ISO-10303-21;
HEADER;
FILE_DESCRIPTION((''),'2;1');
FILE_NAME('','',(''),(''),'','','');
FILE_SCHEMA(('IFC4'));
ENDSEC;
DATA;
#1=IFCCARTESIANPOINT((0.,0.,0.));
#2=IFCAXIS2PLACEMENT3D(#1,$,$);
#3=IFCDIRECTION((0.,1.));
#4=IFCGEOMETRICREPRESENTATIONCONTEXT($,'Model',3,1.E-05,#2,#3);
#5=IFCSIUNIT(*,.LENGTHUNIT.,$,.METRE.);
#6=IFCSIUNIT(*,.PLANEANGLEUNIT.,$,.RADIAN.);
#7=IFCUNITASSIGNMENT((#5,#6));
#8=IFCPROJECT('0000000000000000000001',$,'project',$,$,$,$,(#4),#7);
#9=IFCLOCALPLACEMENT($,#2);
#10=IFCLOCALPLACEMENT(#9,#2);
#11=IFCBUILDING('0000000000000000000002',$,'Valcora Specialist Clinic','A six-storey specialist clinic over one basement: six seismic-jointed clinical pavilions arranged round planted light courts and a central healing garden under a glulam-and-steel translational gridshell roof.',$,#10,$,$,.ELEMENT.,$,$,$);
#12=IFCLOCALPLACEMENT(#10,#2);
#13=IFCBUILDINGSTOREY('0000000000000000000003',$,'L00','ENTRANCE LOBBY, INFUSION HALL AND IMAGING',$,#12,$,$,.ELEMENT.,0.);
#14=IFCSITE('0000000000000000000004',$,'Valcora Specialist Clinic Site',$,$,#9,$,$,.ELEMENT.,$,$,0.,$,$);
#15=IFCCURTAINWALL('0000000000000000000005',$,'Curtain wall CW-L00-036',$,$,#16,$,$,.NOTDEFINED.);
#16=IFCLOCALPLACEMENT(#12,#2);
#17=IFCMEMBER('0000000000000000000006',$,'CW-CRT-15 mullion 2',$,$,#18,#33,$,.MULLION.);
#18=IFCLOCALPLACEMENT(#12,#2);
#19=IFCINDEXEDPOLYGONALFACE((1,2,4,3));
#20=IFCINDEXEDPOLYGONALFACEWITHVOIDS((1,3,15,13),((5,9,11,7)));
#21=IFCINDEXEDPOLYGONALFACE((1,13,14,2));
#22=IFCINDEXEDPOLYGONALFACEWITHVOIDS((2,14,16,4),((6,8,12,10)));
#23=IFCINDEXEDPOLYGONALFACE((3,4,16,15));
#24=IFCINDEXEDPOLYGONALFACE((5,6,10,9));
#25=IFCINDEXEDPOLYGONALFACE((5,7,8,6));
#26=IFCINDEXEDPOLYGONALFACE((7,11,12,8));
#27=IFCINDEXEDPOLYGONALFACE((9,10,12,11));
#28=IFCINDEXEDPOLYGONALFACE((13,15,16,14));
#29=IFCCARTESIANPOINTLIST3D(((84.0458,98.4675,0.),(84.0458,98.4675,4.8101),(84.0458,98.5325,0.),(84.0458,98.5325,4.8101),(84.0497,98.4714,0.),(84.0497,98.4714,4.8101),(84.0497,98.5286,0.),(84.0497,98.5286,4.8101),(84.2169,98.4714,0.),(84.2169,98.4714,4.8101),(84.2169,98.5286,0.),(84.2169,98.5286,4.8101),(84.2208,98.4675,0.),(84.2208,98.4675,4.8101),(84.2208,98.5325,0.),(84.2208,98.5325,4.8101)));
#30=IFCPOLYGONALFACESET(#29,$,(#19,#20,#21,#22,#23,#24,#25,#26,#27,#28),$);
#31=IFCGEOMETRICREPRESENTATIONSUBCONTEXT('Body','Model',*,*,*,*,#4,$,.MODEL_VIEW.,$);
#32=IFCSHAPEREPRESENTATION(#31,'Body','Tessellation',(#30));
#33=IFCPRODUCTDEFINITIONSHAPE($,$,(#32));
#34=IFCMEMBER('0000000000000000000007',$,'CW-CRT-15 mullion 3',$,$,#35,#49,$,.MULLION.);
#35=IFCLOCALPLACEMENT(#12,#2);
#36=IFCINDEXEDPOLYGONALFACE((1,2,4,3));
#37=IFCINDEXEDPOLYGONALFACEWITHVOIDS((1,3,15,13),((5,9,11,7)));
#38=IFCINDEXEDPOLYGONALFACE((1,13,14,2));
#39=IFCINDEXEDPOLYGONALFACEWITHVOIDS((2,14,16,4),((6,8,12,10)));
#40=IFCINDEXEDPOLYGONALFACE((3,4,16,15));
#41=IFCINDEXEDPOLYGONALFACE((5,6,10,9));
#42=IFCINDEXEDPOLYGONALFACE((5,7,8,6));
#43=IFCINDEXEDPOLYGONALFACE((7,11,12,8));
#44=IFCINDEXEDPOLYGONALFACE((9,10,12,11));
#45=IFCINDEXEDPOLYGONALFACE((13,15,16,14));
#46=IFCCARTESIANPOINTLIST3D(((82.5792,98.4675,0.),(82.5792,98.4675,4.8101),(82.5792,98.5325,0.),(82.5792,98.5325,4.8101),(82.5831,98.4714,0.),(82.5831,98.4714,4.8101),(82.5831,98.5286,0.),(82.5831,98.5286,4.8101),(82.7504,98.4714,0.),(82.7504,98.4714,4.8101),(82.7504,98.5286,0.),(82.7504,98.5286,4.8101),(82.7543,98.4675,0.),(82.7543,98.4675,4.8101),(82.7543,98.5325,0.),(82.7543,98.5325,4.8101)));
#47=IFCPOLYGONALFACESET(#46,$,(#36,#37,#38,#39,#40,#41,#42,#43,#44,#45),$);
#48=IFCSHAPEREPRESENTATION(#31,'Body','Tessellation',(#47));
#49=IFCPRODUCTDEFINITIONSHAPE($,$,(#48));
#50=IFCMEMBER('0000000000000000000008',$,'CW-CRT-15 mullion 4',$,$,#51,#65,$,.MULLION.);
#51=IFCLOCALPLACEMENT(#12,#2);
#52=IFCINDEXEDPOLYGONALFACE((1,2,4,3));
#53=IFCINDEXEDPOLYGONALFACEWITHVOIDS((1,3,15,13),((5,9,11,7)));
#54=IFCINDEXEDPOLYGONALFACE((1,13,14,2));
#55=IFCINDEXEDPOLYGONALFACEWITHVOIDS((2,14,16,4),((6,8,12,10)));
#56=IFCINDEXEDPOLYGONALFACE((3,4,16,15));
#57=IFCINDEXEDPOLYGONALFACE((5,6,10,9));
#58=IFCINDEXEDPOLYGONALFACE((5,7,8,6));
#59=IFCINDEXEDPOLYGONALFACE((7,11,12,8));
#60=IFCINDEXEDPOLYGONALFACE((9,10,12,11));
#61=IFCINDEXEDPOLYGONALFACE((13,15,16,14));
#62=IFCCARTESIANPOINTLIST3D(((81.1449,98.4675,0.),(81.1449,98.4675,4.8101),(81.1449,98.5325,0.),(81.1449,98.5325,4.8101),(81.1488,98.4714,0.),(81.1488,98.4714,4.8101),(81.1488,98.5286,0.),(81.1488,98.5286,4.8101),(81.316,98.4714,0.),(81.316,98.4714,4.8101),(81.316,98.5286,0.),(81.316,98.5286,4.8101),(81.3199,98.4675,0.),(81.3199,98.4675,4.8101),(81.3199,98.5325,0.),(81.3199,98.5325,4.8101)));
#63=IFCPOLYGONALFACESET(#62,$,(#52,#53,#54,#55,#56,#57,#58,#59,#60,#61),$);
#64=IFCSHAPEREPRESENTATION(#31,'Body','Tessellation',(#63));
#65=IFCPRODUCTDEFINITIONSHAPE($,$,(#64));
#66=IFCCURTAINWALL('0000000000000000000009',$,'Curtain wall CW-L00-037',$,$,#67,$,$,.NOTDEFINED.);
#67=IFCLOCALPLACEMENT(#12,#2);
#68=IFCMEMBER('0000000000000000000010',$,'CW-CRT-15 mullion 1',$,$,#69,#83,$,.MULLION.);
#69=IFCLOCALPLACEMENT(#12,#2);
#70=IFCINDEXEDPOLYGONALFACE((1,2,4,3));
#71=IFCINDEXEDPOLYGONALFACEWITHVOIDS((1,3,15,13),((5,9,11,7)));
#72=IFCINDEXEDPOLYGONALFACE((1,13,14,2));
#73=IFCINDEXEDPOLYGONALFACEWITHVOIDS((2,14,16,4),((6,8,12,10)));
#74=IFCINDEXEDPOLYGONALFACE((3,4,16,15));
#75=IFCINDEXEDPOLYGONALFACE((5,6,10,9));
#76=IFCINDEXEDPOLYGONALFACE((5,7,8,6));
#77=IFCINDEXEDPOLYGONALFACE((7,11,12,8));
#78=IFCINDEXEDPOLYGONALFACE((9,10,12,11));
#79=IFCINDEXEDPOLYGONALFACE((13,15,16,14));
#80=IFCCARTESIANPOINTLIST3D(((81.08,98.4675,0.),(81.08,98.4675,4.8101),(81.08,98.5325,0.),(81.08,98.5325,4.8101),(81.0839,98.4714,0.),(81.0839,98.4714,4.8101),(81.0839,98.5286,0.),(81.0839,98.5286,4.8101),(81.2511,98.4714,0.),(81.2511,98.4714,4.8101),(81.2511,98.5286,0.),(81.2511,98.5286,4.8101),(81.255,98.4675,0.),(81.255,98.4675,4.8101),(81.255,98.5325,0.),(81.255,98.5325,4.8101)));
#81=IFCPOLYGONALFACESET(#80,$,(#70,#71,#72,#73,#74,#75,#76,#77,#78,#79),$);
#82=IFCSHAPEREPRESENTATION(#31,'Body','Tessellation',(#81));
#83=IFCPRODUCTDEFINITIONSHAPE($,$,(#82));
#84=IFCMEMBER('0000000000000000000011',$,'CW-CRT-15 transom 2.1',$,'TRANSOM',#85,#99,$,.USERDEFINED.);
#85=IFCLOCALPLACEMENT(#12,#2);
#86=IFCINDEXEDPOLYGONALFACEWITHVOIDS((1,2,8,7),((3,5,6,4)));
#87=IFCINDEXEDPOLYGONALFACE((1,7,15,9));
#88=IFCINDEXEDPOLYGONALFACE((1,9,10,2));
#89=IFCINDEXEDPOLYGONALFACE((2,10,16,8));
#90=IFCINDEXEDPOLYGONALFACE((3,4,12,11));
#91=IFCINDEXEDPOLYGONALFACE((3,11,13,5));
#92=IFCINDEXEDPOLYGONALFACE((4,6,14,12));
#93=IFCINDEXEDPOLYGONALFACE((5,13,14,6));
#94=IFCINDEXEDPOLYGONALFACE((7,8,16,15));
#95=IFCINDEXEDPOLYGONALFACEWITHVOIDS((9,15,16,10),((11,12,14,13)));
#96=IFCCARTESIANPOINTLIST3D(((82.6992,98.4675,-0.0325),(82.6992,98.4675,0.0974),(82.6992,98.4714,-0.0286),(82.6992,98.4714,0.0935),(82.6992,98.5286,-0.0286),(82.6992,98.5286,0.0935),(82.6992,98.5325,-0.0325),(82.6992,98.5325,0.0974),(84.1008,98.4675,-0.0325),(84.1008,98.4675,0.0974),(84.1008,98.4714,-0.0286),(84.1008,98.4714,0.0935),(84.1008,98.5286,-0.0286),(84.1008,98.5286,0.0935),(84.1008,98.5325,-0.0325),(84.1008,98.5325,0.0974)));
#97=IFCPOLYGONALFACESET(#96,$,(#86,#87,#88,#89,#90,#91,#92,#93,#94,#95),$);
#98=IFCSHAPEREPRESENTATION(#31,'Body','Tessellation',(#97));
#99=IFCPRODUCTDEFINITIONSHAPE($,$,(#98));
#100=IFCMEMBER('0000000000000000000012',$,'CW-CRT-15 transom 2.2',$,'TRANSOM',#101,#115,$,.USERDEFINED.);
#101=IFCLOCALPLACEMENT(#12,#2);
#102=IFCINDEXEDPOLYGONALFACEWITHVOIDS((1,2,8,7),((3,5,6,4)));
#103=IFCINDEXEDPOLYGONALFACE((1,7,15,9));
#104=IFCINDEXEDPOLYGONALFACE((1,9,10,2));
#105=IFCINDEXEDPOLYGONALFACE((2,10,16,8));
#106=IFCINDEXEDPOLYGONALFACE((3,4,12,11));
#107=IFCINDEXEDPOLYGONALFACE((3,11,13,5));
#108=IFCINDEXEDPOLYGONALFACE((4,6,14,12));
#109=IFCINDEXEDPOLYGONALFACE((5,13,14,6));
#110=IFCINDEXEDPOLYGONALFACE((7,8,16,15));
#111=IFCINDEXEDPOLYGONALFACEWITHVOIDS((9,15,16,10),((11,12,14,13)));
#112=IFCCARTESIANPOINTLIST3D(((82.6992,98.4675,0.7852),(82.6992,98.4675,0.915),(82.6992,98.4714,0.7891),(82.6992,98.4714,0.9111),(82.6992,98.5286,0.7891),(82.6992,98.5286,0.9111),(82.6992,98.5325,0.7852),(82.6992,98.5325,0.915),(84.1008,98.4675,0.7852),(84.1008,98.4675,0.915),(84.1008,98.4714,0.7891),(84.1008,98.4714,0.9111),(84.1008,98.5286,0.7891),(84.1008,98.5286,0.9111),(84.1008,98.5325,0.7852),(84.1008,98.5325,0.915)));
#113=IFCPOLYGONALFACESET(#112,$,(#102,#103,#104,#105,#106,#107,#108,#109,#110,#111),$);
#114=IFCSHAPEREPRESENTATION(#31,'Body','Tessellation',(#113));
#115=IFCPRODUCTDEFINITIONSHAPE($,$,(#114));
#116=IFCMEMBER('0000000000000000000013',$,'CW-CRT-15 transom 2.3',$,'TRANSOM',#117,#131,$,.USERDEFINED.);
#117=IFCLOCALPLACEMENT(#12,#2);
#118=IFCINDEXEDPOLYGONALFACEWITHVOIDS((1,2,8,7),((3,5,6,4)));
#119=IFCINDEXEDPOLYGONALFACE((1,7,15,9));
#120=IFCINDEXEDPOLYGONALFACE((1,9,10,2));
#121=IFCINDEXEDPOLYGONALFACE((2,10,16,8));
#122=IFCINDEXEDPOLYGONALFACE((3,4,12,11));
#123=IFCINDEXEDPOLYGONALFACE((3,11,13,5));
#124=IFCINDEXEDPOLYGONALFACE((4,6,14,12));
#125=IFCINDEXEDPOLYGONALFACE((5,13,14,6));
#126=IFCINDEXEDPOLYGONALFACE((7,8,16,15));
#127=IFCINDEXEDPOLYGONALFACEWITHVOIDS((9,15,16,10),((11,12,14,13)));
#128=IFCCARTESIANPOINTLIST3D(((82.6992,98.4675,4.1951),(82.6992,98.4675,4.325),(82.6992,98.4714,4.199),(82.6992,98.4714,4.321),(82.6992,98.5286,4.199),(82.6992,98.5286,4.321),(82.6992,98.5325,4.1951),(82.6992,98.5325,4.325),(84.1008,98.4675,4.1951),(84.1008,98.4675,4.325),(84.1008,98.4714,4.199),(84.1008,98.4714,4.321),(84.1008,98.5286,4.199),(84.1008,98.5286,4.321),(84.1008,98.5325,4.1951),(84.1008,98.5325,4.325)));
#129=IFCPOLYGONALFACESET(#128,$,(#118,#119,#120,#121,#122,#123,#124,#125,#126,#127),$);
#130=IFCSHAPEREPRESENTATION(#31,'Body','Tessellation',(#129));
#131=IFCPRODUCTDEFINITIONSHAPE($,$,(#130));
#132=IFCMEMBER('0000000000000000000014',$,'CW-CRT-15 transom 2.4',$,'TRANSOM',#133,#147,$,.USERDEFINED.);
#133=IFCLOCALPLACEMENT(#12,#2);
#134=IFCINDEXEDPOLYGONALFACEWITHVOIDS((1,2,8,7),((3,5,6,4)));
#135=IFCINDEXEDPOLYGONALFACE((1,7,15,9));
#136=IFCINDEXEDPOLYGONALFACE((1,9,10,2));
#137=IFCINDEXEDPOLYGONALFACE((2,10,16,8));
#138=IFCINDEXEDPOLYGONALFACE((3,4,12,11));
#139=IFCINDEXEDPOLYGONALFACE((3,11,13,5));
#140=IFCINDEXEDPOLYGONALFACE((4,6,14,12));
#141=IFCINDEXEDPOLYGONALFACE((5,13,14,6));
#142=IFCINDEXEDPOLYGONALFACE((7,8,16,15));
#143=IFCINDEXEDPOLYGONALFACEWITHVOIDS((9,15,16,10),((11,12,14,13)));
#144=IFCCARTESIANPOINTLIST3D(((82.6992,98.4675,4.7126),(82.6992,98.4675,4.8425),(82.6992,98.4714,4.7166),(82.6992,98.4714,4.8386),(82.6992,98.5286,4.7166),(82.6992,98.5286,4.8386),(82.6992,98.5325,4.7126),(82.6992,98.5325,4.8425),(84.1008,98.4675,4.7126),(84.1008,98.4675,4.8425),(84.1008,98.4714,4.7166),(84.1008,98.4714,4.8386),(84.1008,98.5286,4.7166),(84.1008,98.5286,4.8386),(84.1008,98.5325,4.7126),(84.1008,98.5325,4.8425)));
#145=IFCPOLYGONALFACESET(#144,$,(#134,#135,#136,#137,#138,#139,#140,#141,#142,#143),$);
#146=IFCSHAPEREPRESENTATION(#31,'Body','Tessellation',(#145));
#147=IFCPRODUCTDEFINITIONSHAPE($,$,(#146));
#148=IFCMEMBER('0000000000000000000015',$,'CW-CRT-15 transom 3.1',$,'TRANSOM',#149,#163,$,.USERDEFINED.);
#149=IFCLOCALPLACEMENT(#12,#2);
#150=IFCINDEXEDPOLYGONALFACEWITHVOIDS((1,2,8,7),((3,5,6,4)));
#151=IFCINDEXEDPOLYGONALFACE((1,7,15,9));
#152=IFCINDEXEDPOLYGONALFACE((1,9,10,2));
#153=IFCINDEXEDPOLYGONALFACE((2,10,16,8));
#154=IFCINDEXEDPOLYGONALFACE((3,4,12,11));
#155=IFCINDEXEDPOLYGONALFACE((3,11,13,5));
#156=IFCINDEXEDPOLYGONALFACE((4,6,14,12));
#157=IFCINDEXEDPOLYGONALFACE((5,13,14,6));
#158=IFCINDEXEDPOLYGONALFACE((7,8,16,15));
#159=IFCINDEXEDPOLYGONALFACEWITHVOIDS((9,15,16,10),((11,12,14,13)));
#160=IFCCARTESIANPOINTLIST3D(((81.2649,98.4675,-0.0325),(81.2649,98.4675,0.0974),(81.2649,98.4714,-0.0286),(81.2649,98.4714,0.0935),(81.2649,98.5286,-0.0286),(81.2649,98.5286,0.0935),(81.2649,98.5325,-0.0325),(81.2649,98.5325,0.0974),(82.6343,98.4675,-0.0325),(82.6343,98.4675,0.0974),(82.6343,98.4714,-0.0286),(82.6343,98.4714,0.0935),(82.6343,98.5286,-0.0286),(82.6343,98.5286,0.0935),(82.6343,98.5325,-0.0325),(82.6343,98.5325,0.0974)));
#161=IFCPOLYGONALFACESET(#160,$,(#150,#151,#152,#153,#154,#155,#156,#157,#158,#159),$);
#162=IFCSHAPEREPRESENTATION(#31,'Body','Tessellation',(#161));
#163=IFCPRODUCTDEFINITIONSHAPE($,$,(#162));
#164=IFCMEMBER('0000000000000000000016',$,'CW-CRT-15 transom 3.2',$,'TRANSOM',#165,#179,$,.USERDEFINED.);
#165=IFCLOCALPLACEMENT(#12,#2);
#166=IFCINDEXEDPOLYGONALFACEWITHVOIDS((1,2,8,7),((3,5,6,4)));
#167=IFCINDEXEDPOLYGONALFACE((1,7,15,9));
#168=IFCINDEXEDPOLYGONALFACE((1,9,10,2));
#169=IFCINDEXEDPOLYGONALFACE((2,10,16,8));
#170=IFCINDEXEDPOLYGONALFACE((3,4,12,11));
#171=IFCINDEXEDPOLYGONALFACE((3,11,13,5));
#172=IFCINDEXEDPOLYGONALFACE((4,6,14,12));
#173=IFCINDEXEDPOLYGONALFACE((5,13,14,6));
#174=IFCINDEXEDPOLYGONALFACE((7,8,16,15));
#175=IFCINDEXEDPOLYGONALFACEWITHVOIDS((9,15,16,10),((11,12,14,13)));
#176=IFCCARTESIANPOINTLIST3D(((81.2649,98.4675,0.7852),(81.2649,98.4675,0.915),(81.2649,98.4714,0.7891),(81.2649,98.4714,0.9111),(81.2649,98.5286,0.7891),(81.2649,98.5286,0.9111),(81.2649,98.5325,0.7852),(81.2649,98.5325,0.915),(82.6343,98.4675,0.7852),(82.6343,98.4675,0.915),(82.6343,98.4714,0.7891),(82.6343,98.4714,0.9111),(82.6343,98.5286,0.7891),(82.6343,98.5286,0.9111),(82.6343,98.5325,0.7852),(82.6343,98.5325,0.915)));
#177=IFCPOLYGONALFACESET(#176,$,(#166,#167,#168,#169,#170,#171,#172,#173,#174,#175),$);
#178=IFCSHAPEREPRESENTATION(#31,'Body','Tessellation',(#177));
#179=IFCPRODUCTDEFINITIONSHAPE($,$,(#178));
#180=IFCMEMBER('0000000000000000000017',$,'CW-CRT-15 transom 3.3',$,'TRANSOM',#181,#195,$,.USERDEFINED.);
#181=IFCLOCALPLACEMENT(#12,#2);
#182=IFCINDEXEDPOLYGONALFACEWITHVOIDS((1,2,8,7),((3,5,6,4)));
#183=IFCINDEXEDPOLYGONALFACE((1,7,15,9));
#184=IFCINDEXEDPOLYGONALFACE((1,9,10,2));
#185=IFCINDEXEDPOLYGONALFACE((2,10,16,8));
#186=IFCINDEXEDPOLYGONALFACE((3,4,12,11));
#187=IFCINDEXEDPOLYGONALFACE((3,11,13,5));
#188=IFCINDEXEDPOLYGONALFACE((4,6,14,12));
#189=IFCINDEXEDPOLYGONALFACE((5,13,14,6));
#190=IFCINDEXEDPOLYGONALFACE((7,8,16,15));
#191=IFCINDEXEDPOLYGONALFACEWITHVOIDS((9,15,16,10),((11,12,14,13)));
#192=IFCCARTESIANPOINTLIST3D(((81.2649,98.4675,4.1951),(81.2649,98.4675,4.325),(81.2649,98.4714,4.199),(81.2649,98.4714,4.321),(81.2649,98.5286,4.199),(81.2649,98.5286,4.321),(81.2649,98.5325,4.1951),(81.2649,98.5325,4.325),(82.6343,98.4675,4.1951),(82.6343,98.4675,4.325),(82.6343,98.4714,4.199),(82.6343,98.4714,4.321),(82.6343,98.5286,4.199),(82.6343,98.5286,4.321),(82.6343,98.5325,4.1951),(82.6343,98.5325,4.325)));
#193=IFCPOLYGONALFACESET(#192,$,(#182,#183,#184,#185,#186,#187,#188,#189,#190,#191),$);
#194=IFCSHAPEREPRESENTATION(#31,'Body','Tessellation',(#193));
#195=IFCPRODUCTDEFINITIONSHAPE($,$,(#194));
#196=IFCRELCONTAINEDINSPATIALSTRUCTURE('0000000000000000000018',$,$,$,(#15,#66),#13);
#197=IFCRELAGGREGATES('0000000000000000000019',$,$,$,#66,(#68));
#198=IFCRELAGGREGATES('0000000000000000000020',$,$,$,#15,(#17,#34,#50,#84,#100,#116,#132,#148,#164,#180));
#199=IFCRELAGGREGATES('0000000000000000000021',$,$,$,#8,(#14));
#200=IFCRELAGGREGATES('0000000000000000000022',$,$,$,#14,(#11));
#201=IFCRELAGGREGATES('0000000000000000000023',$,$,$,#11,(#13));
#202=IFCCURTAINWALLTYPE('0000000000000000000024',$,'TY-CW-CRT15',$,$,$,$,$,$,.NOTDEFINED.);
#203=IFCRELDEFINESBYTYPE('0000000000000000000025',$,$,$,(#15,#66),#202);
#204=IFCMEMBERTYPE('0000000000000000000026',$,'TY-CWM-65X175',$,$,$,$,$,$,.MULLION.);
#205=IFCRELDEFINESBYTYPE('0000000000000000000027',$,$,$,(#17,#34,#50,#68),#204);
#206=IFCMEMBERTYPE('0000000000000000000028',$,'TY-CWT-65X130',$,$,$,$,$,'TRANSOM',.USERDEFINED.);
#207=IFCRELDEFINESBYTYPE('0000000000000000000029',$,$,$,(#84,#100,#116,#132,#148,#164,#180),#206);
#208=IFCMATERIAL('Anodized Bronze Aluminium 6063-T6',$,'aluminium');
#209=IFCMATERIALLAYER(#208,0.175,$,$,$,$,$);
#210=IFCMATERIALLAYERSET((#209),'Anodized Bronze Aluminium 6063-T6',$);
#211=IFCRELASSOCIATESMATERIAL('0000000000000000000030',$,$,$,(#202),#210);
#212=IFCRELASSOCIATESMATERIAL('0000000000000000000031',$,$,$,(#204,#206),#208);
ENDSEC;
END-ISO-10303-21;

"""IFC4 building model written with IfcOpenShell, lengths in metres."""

from ifc_helpers import new_model, si_unit, direction, frame, origin, origin_2d, place, context, subcontext, project, spatial, hollow_rectangle, extrude, material, layer, layer_set, material_profile, profile_set, type_object, element, aggregate, save


model = new_model("IFC4")

# Units and contexts
model_context = context("Model", 3, precision=1e-05, world=origin(), true_north=direction((0.0, 1.0)))
body_context = subcontext(model_context, "Body", "Model", "MODEL_VIEW")
ifc_project = project(units=[si_unit("LENGTHUNIT", "METRE"), si_unit("PLANEANGLEUNIT", "RADIAN")], contexts=[model_context])

# Site, building, storey
site_placement = place(None, origin())
site = spatial("IfcSite", under=ifc_project, at=site_placement, Name="Valcora Specialist Clinic Site", CompositionType="ELEMENT", RefElevation=0.0)
building_placement = place(site_placement, origin())
building = spatial("IfcBuilding", under=site, at=building_placement, Name="Valcora Specialist Clinic", Description="A six-storey specialist clinic over one basement: six seismic-jointed clinical pavilions arranged round planted light courts and a central healing garden under a glulam-and-steel translational gridshell roof.", CompositionType="ELEMENT")
storey_placement = place(building_placement, origin())
storey = spatial("IfcBuildingStorey", under=building, at=storey_placement, Name="L00", Description="ENTRANCE LOBBY, INFUSION HALL AND IMAGING", CompositionType="ELEMENT", Elevation=0.0)

# Curtain wall, members
ifc_material_1 = material(Name="Anodized Bronze Aluminium 6063-T6", Category="aluminium")
ifc_layer_1 = layer(ifc_material_1, 0.175)
ifc_layer_set_1 = layer_set([ifc_layer_1], Name="Anodized Bronze Aluminium 6063-T6")
curtain_wall_type = type_object("IfcCurtainWallType", Name="TY-CW-CRT15", PredefinedType="NOTDEFINED", material=ifc_layer_set_1)
curtain_wall_1_placement = place(storey_placement, origin())
curtain_wall_1 = element("IfcCurtainWall", 1, at=curtain_wall_1_placement, inside=storey, type_object=curtain_wall_type, Name="Curtain wall CW-L00-036", PredefinedType="NOTDEFINED")
ifc_material_profile_1 = material_profile(ifc_material_1, hollow_rectangle(XDim=0.0649, YDim=0.175, WallThickness=0.0039, at=origin_2d()), Name="AL-MUL-65X175")
ifc_profile_set_1 = profile_set([ifc_material_profile_1], Name="Anodized Bronze Aluminium 6063-T6")
member_type_1 = type_object("IfcMemberType", Name="TY-CWM-65X175", PredefinedType="MULLION", material=ifc_profile_set_1)
member_1_placement = place(storey_placement, frame((84.1333, 98.5, 0.0), z_axis=(0.0, 0.0, 1.0), x_axis=(0.0, -1.0, 0.0)))
member_1 = element("IfcMember", 2, at=member_1_placement, type_object=member_type_1, Name="CW-CRT-15 mullion 2", PredefinedType="MULLION", context=body_context, shape_type="SweptSolid", body=[
    extrude(hollow_rectangle(XDim=0.0649, YDim=0.175, WallThickness=0.0039, at=origin_2d()), origin(), (0.0, 0.0, 1.0), 4.8101),
])
member_2_placement = place(storey_placement, frame((82.6667, 98.5, 0.0), z_axis=(0.0, 0.0, 1.0), x_axis=(0.0, -1.0, 0.0)))
member_2 = element("IfcMember", 3, at=member_2_placement, type_object=member_type_1, Name="CW-CRT-15 mullion 3", PredefinedType="MULLION", context=body_context, shape_type="SweptSolid", body=[
    extrude(hollow_rectangle(XDim=0.0649, YDim=0.175, WallThickness=0.0039, at=origin_2d()), origin(), (0.0, 0.0, 1.0), 4.8101),
])
member_3_placement = place(storey_placement, frame((81.2324, 98.5, 0.0), z_axis=(0.0, 0.0, 1.0), x_axis=(0.0, -1.0, 0.0)))
member_3 = element("IfcMember", 4, at=member_3_placement, type_object=member_type_1, Name="CW-CRT-15 mullion 4", PredefinedType="MULLION", context=body_context, shape_type="SweptSolid", body=[
    extrude(hollow_rectangle(XDim=0.0649, YDim=0.175, WallThickness=0.0039, at=origin_2d()), origin(), (0.0, 0.0, 1.0), 4.8101),
])

# Curtain wall, member
curtain_wall_2_placement = place(storey_placement, origin())
curtain_wall_2 = element("IfcCurtainWall", 5, at=curtain_wall_2_placement, inside=storey, type_object=curtain_wall_type, Name="Curtain wall CW-L00-037", PredefinedType="NOTDEFINED")
member_4_placement = place(storey_placement, frame((81.1675, 98.5, 0.0), z_axis=(0.0, 0.0, 1.0), x_axis=(0.0, -1.0, 0.0)))
member_4 = element("IfcMember", 6, at=member_4_placement, type_object=member_type_1, Name="CW-CRT-15 mullion 1", PredefinedType="MULLION", context=body_context, shape_type="SweptSolid", body=[
    extrude(hollow_rectangle(XDim=0.0649, YDim=0.175, WallThickness=0.0039, at=origin_2d()), origin(), (0.0, 0.0, 1.0), 4.8101),
])
aggregate(curtain_wall_2, [member_4])

# Members
ifc_material_profile_2 = material_profile(ifc_material_1, hollow_rectangle(XDim=0.0649, YDim=0.1299, WallThickness=0.0039, at=origin_2d()), Name="AL-TRN-65X130")
ifc_profile_set_2 = profile_set([ifc_material_profile_2], Name="Anodized Bronze Aluminium 6063-T6")
member_type_2 = type_object("IfcMemberType", Name="TY-CWT-65X130", ElementType="TRANSOM", PredefinedType="USERDEFINED", material=ifc_profile_set_2)
member_5_placement = place(storey_placement, frame((84.1008, 98.5, 0.0325), z_axis=(-1.0, 0.0, 0.0), x_axis=(0.0, -1.0, 0.0)))
member_5 = element("IfcMember", 7, at=member_5_placement, type_object=member_type_2, Name="CW-CRT-15 transom 2.1", ObjectType="TRANSOM", PredefinedType="USERDEFINED", context=body_context, shape_type="SweptSolid", body=[
    extrude(hollow_rectangle(XDim=0.0649, YDim=0.1299, WallThickness=0.0039, at=origin_2d()), origin(), (0.0, 0.0, 1.0), 1.4016),
])
member_6_placement = place(storey_placement, frame((84.1008, 98.5, 0.8501), z_axis=(-1.0, 0.0, 0.0), x_axis=(0.0, -1.0, 0.0)))
member_6 = element("IfcMember", 8, at=member_6_placement, type_object=member_type_2, Name="CW-CRT-15 transom 2.2", ObjectType="TRANSOM", PredefinedType="USERDEFINED", context=body_context, shape_type="SweptSolid", body=[
    extrude(hollow_rectangle(XDim=0.0649, YDim=0.1299, WallThickness=0.0039, at=origin_2d()), origin(), (0.0, 0.0, 1.0), 1.4016),
])
member_7_placement = place(storey_placement, frame((84.1008, 98.5, 4.26), z_axis=(-1.0, 0.0, 0.0), x_axis=(0.0, -1.0, 0.0)))
member_7 = element("IfcMember", 9, at=member_7_placement, type_object=member_type_2, Name="CW-CRT-15 transom 2.3", ObjectType="TRANSOM", PredefinedType="USERDEFINED", context=body_context, shape_type="SweptSolid", body=[
    extrude(hollow_rectangle(XDim=0.0649, YDim=0.1299, WallThickness=0.0039, at=origin_2d()), origin(), (0.0, 0.0, 1.0), 1.4016),
])
member_8_placement = place(storey_placement, frame((84.1008, 98.5, 4.7776), z_axis=(-1.0, 0.0, 0.0), x_axis=(0.0, -1.0, 0.0)))
member_8 = element("IfcMember", 10, at=member_8_placement, type_object=member_type_2, Name="CW-CRT-15 transom 2.4", ObjectType="TRANSOM", PredefinedType="USERDEFINED", context=body_context, shape_type="SweptSolid", body=[
    extrude(hollow_rectangle(XDim=0.0649, YDim=0.1299, WallThickness=0.0039, at=origin_2d()), origin(), (0.0, 0.0, 1.0), 1.4016),
])
member_9_placement = place(storey_placement, frame((82.6343, 98.5, 0.0325), z_axis=(-1.0, 0.0, 0.0), x_axis=(0.0, -1.0, 0.0)))
member_9 = element("IfcMember", 11, at=member_9_placement, type_object=member_type_2, Name="CW-CRT-15 transom 3.1", ObjectType="TRANSOM", PredefinedType="USERDEFINED", context=body_context, shape_type="SweptSolid", body=[
    extrude(hollow_rectangle(XDim=0.0649, YDim=0.1299, WallThickness=0.0039, at=origin_2d()), origin(), (0.0, 0.0, 1.0), 1.3694),
])
member_10_placement = place(storey_placement, frame((82.6343, 98.5, 0.8501), z_axis=(-1.0, 0.0, 0.0), x_axis=(0.0, -1.0, 0.0)))
member_10 = element("IfcMember", 12, at=member_10_placement, type_object=member_type_2, Name="CW-CRT-15 transom 3.2", ObjectType="TRANSOM", PredefinedType="USERDEFINED", context=body_context, shape_type="SweptSolid", body=[
    extrude(hollow_rectangle(XDim=0.0649, YDim=0.1299, WallThickness=0.0039, at=origin_2d()), origin(), (0.0, 0.0, 1.0), 1.3694),
])
member_11_placement = place(storey_placement, frame((82.6343, 98.5, 4.26), z_axis=(-1.0, 0.0, 0.0), x_axis=(0.0, -1.0, 0.0)))
member_11 = element("IfcMember", 13, at=member_11_placement, type_object=member_type_2, Name="CW-CRT-15 transom 3.3", ObjectType="TRANSOM", PredefinedType="USERDEFINED", context=body_context, shape_type="SweptSolid", body=[
    extrude(hollow_rectangle(XDim=0.0649, YDim=0.1299, WallThickness=0.0039, at=origin_2d()), origin(), (0.0, 0.0, 1.0), 1.3694),
])

aggregate(curtain_wall_1, [member_1, member_2, member_3, member_5, member_6, member_7, member_8, member_9, member_10, member_11])

save(model, "model.ifc")
